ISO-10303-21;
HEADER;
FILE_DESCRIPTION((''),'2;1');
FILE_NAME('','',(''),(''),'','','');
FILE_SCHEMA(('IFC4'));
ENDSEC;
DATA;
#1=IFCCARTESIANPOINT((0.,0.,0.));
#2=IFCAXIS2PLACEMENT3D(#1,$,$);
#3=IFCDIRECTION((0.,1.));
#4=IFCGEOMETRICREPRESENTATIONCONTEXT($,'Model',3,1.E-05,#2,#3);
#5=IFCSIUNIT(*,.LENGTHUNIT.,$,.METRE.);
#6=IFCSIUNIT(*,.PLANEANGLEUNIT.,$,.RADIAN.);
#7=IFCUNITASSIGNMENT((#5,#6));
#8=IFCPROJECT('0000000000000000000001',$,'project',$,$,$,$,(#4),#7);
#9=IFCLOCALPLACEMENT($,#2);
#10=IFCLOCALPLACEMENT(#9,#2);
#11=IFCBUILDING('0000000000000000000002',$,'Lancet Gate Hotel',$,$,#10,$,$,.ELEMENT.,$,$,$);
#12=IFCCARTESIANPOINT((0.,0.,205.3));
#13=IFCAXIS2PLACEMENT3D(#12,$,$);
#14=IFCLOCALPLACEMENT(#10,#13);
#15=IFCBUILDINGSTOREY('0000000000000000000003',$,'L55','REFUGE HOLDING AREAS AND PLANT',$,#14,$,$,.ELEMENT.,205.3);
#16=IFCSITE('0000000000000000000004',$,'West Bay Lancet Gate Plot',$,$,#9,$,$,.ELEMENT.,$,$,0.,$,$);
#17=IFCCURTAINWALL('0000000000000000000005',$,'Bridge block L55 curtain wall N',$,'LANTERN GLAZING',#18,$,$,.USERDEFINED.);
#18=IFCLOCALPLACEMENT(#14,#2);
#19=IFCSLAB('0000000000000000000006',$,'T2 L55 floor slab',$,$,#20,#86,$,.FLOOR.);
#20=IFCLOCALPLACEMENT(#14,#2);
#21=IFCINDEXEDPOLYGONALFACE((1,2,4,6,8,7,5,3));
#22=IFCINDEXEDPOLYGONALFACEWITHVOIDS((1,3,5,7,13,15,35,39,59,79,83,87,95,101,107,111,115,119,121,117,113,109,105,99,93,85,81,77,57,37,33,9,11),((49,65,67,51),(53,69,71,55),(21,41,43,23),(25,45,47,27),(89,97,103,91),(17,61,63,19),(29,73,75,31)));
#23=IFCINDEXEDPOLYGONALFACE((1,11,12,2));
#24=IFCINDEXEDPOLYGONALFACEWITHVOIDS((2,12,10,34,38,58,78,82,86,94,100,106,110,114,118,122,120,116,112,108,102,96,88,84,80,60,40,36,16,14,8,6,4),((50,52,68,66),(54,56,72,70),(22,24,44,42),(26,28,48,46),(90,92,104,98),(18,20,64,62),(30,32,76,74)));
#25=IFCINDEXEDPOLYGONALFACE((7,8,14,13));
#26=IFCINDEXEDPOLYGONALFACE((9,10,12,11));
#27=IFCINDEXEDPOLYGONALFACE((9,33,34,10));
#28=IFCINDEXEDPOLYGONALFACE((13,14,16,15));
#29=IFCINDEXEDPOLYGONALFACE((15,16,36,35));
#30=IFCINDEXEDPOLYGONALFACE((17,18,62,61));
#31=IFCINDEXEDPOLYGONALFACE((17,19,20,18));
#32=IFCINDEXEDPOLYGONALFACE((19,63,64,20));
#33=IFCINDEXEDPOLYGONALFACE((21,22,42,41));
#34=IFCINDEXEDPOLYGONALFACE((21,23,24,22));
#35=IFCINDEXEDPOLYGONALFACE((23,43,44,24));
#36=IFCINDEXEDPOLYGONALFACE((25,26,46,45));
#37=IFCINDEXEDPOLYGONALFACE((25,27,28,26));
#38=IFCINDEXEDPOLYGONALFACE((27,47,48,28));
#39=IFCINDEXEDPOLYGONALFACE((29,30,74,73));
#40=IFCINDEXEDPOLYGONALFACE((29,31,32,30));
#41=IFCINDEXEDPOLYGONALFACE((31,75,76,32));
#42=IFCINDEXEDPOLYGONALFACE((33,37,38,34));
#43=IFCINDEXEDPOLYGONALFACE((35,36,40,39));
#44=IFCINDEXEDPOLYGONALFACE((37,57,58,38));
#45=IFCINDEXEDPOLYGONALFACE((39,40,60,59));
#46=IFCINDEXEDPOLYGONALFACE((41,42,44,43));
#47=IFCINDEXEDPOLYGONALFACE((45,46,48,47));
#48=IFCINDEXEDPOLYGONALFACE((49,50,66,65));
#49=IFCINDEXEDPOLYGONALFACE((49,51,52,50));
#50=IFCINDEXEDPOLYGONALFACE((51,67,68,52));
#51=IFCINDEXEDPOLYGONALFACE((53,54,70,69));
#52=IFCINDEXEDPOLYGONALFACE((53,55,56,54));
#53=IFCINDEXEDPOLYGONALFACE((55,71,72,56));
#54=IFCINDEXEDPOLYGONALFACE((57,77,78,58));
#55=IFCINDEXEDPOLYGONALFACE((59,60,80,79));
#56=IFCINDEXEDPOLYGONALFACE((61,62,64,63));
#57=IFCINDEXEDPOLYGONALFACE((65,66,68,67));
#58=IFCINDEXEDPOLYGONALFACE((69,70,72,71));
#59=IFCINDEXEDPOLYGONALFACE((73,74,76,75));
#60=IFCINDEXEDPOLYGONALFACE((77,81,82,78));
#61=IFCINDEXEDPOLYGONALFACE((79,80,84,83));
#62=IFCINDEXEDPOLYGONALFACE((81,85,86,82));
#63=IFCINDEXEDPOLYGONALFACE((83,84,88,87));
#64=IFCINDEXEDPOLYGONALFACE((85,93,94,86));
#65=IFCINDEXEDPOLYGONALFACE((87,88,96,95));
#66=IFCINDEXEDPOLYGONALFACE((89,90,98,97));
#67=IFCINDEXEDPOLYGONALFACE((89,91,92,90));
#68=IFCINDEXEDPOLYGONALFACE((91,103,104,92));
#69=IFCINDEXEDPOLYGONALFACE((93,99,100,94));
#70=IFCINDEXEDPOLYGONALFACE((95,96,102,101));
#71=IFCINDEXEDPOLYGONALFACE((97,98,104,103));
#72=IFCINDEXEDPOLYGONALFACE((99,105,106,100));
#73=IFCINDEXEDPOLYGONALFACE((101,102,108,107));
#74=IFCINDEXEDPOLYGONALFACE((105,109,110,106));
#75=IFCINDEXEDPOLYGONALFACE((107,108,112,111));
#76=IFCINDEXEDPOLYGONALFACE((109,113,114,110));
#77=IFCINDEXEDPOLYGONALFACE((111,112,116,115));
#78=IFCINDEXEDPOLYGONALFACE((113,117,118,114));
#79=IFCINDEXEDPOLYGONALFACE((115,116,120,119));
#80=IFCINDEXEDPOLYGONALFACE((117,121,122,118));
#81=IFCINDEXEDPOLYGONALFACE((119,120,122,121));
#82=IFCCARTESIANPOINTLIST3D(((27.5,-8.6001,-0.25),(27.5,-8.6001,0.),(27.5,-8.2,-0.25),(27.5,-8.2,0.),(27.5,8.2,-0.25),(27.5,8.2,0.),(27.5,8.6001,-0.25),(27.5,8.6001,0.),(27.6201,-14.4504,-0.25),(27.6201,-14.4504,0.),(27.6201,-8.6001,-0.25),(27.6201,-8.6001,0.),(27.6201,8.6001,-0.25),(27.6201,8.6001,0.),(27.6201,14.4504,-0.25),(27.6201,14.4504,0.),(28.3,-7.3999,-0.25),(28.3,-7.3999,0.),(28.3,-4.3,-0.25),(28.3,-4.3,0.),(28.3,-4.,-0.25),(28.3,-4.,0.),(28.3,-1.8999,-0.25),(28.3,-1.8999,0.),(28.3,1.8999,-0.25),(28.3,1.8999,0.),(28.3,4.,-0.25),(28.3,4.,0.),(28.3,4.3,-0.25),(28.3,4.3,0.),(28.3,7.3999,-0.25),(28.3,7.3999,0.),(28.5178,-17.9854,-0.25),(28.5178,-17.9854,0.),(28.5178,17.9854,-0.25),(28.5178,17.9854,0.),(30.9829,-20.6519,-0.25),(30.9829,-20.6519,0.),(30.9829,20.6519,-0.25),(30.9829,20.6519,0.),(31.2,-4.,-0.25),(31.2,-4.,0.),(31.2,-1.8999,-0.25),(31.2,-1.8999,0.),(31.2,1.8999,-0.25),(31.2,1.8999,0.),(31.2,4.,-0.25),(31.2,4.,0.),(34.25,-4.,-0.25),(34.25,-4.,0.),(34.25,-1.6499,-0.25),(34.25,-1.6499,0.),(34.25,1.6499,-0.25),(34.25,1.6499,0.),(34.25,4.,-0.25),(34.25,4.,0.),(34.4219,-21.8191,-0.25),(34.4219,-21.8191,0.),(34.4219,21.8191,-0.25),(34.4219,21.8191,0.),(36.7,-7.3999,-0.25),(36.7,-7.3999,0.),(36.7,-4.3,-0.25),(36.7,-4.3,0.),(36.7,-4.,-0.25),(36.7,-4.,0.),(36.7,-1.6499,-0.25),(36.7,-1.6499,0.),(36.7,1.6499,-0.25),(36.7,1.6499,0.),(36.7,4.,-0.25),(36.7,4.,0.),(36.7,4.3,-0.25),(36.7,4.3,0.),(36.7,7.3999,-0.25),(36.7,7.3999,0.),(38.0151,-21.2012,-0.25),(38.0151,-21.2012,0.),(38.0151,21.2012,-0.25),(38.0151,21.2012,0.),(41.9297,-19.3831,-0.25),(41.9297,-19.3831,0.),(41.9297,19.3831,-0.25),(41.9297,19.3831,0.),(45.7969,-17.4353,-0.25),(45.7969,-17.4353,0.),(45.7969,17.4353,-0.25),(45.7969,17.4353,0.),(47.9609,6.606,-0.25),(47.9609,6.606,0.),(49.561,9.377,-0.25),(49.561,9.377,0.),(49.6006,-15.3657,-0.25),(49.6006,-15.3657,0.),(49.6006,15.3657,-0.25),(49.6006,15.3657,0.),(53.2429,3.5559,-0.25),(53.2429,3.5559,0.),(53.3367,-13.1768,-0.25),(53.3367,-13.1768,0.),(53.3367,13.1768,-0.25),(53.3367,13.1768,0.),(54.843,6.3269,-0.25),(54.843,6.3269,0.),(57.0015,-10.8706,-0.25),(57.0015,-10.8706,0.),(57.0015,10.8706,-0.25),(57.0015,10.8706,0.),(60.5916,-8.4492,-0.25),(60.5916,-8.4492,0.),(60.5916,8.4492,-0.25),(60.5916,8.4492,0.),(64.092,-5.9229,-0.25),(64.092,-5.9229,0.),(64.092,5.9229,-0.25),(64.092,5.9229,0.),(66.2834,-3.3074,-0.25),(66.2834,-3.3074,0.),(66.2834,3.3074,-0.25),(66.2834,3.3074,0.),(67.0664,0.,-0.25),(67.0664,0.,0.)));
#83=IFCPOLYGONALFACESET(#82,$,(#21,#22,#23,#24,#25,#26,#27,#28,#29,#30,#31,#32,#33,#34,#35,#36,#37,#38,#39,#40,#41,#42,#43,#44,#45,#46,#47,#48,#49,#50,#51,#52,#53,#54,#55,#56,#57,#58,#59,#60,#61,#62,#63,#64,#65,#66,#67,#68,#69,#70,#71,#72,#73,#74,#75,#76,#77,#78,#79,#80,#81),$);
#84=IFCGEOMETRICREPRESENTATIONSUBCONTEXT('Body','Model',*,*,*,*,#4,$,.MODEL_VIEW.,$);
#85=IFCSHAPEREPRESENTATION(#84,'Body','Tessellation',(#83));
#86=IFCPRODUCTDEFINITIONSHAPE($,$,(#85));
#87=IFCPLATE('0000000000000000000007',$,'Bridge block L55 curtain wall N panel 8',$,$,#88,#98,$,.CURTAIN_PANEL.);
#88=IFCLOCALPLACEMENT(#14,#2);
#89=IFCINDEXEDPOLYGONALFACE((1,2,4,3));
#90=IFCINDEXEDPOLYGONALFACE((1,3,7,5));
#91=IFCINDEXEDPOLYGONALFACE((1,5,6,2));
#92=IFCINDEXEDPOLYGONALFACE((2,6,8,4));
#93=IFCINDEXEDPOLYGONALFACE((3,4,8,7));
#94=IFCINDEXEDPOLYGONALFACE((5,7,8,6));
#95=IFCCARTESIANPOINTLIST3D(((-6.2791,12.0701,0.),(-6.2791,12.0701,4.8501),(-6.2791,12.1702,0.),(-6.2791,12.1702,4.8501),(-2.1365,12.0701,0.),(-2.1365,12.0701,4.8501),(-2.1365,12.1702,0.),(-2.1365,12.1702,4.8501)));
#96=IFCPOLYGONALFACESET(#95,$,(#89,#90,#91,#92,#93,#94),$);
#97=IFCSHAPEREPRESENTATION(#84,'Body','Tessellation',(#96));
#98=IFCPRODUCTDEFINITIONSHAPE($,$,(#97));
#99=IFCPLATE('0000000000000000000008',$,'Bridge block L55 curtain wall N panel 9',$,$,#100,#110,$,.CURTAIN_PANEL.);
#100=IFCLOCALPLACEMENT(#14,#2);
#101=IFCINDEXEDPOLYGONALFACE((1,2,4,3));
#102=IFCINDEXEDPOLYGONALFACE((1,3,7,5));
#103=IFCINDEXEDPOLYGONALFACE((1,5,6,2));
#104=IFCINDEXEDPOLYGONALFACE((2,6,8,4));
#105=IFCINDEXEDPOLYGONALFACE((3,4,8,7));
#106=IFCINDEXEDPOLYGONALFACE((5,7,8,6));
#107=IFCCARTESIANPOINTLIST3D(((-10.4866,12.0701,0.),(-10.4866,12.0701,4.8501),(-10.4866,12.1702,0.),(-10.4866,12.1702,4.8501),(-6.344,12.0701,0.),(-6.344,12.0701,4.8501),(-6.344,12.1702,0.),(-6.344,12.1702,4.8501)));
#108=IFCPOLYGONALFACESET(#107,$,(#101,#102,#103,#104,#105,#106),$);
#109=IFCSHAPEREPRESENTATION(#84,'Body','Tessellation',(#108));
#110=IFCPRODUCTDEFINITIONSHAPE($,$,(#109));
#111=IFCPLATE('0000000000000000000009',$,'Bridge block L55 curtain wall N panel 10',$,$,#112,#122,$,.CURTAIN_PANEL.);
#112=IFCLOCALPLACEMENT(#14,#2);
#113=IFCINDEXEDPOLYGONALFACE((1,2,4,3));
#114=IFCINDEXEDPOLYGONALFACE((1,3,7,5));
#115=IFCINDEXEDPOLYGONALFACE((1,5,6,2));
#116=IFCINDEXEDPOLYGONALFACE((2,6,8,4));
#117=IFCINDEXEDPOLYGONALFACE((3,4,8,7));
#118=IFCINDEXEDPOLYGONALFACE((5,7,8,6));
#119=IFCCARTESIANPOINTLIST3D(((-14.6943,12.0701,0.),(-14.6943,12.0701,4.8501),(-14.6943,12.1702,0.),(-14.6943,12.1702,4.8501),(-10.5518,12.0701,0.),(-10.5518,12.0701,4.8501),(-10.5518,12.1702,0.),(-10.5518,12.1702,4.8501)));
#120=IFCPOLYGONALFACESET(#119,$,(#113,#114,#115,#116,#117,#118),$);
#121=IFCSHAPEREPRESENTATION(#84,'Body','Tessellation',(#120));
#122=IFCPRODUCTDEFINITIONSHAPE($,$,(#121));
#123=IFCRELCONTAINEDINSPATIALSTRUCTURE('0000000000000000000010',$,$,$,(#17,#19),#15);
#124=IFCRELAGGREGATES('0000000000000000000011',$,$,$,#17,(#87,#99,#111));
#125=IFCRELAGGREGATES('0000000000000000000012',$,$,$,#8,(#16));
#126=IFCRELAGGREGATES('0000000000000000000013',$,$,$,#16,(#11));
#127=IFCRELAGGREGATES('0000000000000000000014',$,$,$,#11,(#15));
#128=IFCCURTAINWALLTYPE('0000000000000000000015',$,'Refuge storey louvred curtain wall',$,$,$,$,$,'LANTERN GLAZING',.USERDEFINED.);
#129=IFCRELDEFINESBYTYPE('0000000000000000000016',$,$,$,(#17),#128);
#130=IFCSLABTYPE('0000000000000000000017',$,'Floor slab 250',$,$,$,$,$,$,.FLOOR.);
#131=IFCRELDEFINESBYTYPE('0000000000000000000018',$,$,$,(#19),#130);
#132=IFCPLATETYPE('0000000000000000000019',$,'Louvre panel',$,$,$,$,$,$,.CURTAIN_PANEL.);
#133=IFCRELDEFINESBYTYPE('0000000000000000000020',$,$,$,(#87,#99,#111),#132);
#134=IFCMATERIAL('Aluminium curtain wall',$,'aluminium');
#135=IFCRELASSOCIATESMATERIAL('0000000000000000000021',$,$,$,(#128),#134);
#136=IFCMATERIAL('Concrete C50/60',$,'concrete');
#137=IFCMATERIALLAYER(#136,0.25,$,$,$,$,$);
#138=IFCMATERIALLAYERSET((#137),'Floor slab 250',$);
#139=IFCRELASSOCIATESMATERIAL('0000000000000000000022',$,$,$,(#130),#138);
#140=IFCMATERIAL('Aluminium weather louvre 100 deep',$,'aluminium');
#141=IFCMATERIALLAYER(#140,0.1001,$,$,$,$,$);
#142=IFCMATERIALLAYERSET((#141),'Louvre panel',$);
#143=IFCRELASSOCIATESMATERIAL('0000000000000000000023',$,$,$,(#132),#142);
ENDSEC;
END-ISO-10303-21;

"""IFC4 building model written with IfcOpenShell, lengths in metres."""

from ifc_helpers import new_model, si_unit, direction, frame, origin, origin_2d, place, context, subcontext, project, spatial, polyline, rectangle, outline, extrude, material, layer, layer_set, type_object, element, aggregate, save


model = new_model("IFC4")

# Units and contexts
model_context = context("Model", 3, precision=1e-05, world=origin(), true_north=direction((0.0, 1.0)))
body_context = subcontext(model_context, "Body", "Model", "MODEL_VIEW")
ifc_project = project(units=[si_unit("LENGTHUNIT", "METRE"), si_unit("PLANEANGLEUNIT", "RADIAN")], contexts=[model_context])

# Site, building, storey
site_placement = place(None, origin())
site = spatial("IfcSite", under=ifc_project, at=site_placement, Name="West Bay Lancet Gate Plot", CompositionType="ELEMENT", RefElevation=0.0)
building_placement = place(site_placement, origin())
building = spatial("IfcBuilding", under=site, at=building_placement, Name="Lancet Gate Hotel", CompositionType="ELEMENT")
storey_placement = place(building_placement, frame((0.0, 0.0, 205.3)))
storey = spatial("IfcBuildingStorey", under=building, at=storey_placement, Name="L55", Description="REFUGE HOLDING AREAS AND PLANT", CompositionType="ELEMENT", Elevation=205.3)

# Curtain wall
ifc_material_1 = material(Name="Aluminium curtain wall", Category="aluminium")
curtain_wall_type = type_object("IfcCurtainWallType", Name="Refuge storey louvred curtain wall", ElementType="LANTERN GLAZING", PredefinedType="USERDEFINED", material=ifc_material_1)
curtain_wall_placement = place(storey_placement, origin())
curtain_wall = element("IfcCurtainWall", 1, at=curtain_wall_placement, inside=storey, type_object=curtain_wall_type, Name="Bridge block L55 curtain wall N", ObjectType="LANTERN GLAZING", PredefinedType="USERDEFINED")

# Slab
ifc_material_2 = material(Name="Concrete C50/60", Category="concrete")
ifc_layer_1 = layer(ifc_material_2, 0.25)
ifc_layer_set_1 = layer_set([ifc_layer_1], Name="Floor slab 250")
slab_type = type_object("IfcSlabType", Name="Floor slab 250", PredefinedType="FLOOR", material=ifc_layer_set_1)
slab_1_placement = place(storey_placement, frame((0.0, 0.0, -0.25)))
element("IfcSlab", 2, at=slab_1_placement, inside=storey, type_object=slab_type, Name="T2 L55 floor slab", PredefinedType="FLOOR", context=body_context, shape_type="SweptSolid", body=[
    extrude(outline(polyline([(27.5, -8.6001), (27.6201, -8.6001), (27.6201, -14.4504), (28.5178, -17.9854), (30.9829, -20.6519), (34.4219, -21.8191), (38.0151, -21.2012), (41.9297, -19.3831), (45.7969, -17.4353), (49.6006, -15.3657), (53.3367, -13.1768), (57.0015, -10.8706), (60.5916, -8.4492), (64.092, -5.9229), (66.2834, -3.3074), (67.0664, 0.0), (66.2834, 3.3074), (64.092, 5.9229), (60.5916, 8.4492), (57.0015, 10.8706), (53.3367, 13.1768), (49.6006, 15.3657), (45.7969, 17.4353), (41.9297, 19.3831), (38.0151, 21.2012), (34.4219, 21.8191), (30.9829, 20.6519), (28.5178, 17.9854), (27.6201, 14.4504), (27.6201, 8.6001), (27.5, 8.6001), (27.5, 8.2), (27.5, -8.2), (27.5, -8.6001)]), holes=[polyline([(36.7, -7.3999), (36.7, -4.3), (28.3, -4.3), (28.3, -7.3999), (36.7, -7.3999)]), polyline([(28.3, -4.0), (31.2, -4.0), (31.2, -1.8999), (28.3, -1.8999), (28.3, -4.0)]), polyline([(34.25, -4.0), (36.7, -4.0), (36.7, -1.6499), (34.25, -1.6499), (34.25, -4.0)]), polyline([(36.7, 1.6499), (36.7, 4.0), (34.25, 4.0), (34.25, 1.6499), (36.7, 1.6499)]), polyline([(28.3, 1.8999), (31.2, 1.8999), (31.2, 4.0), (28.3, 4.0), (28.3, 1.8999)]), polyline([(28.3, 4.3), (36.7, 4.3), (36.7, 7.3999), (28.3, 7.3999), (28.3, 4.3)]), polyline([(53.2429, 3.5559), (54.843, 6.3269), (49.561, 9.377), (47.9609, 6.606), (53.2429, 3.5559)])]), origin(), (0.0, 0.0, 1.0), 0.25),
])

# Plates
ifc_material_3 = material(Name="Aluminium weather louvre 100 deep", Category="aluminium")
ifc_layer_2 = layer(ifc_material_3, 0.1001)
ifc_layer_set_2 = layer_set([ifc_layer_2], Name="Louvre panel")
plate_type = type_object("IfcPlateType", Name="Louvre panel", PredefinedType="CURTAIN_PANEL", material=ifc_layer_set_2)
plate_1_placement = place(storey_placement, frame((-4.2078, 12.1201, 0.0), z_axis=(0.0, 0.0, 1.0), x_axis=(-1.0, 0.0, 0.0)))
plate_1 = element("IfcPlate", 3, at=plate_1_placement, type_object=plate_type, Name="Bridge block L55 curtain wall N panel 8", PredefinedType="CURTAIN_PANEL", context=body_context, shape_type="SweptSolid", body=[
    extrude(rectangle(XDim=4.1426, YDim=0.1001, at=origin_2d()), origin(), (0.0, 0.0, 1.0), 4.8501),
])
plate_2_placement = place(storey_placement, frame((-8.4153, 12.1201, 0.0), z_axis=(0.0, 0.0, 1.0), x_axis=(-1.0, 0.0, 0.0)))
plate_2 = element("IfcPlate", 4, at=plate_2_placement, type_object=plate_type, Name="Bridge block L55 curtain wall N panel 9", PredefinedType="CURTAIN_PANEL", context=body_context, shape_type="SweptSolid", body=[
    extrude(rectangle(XDim=4.1426, YDim=0.1001, at=origin_2d()), origin(), (0.0, 0.0, 1.0), 4.8501),
])
plate_3_placement = place(storey_placement, frame((-12.623, 12.1201, 0.0), z_axis=(0.0, 0.0, 1.0), x_axis=(-1.0, 0.0, 0.0)))
plate_3 = element("IfcPlate", 5, at=plate_3_placement, type_object=plate_type, Name="Bridge block L55 curtain wall N panel 10", PredefinedType="CURTAIN_PANEL", context=body_context, shape_type="SweptSolid", body=[
    extrude(rectangle(XDim=4.1426, YDim=0.1001, at=origin_2d()), origin(), (0.0, 0.0, 1.0), 4.8501),
])
aggregate(curtain_wall, [plate_1, plate_2, plate_3])

save(model, "model.ifc")
